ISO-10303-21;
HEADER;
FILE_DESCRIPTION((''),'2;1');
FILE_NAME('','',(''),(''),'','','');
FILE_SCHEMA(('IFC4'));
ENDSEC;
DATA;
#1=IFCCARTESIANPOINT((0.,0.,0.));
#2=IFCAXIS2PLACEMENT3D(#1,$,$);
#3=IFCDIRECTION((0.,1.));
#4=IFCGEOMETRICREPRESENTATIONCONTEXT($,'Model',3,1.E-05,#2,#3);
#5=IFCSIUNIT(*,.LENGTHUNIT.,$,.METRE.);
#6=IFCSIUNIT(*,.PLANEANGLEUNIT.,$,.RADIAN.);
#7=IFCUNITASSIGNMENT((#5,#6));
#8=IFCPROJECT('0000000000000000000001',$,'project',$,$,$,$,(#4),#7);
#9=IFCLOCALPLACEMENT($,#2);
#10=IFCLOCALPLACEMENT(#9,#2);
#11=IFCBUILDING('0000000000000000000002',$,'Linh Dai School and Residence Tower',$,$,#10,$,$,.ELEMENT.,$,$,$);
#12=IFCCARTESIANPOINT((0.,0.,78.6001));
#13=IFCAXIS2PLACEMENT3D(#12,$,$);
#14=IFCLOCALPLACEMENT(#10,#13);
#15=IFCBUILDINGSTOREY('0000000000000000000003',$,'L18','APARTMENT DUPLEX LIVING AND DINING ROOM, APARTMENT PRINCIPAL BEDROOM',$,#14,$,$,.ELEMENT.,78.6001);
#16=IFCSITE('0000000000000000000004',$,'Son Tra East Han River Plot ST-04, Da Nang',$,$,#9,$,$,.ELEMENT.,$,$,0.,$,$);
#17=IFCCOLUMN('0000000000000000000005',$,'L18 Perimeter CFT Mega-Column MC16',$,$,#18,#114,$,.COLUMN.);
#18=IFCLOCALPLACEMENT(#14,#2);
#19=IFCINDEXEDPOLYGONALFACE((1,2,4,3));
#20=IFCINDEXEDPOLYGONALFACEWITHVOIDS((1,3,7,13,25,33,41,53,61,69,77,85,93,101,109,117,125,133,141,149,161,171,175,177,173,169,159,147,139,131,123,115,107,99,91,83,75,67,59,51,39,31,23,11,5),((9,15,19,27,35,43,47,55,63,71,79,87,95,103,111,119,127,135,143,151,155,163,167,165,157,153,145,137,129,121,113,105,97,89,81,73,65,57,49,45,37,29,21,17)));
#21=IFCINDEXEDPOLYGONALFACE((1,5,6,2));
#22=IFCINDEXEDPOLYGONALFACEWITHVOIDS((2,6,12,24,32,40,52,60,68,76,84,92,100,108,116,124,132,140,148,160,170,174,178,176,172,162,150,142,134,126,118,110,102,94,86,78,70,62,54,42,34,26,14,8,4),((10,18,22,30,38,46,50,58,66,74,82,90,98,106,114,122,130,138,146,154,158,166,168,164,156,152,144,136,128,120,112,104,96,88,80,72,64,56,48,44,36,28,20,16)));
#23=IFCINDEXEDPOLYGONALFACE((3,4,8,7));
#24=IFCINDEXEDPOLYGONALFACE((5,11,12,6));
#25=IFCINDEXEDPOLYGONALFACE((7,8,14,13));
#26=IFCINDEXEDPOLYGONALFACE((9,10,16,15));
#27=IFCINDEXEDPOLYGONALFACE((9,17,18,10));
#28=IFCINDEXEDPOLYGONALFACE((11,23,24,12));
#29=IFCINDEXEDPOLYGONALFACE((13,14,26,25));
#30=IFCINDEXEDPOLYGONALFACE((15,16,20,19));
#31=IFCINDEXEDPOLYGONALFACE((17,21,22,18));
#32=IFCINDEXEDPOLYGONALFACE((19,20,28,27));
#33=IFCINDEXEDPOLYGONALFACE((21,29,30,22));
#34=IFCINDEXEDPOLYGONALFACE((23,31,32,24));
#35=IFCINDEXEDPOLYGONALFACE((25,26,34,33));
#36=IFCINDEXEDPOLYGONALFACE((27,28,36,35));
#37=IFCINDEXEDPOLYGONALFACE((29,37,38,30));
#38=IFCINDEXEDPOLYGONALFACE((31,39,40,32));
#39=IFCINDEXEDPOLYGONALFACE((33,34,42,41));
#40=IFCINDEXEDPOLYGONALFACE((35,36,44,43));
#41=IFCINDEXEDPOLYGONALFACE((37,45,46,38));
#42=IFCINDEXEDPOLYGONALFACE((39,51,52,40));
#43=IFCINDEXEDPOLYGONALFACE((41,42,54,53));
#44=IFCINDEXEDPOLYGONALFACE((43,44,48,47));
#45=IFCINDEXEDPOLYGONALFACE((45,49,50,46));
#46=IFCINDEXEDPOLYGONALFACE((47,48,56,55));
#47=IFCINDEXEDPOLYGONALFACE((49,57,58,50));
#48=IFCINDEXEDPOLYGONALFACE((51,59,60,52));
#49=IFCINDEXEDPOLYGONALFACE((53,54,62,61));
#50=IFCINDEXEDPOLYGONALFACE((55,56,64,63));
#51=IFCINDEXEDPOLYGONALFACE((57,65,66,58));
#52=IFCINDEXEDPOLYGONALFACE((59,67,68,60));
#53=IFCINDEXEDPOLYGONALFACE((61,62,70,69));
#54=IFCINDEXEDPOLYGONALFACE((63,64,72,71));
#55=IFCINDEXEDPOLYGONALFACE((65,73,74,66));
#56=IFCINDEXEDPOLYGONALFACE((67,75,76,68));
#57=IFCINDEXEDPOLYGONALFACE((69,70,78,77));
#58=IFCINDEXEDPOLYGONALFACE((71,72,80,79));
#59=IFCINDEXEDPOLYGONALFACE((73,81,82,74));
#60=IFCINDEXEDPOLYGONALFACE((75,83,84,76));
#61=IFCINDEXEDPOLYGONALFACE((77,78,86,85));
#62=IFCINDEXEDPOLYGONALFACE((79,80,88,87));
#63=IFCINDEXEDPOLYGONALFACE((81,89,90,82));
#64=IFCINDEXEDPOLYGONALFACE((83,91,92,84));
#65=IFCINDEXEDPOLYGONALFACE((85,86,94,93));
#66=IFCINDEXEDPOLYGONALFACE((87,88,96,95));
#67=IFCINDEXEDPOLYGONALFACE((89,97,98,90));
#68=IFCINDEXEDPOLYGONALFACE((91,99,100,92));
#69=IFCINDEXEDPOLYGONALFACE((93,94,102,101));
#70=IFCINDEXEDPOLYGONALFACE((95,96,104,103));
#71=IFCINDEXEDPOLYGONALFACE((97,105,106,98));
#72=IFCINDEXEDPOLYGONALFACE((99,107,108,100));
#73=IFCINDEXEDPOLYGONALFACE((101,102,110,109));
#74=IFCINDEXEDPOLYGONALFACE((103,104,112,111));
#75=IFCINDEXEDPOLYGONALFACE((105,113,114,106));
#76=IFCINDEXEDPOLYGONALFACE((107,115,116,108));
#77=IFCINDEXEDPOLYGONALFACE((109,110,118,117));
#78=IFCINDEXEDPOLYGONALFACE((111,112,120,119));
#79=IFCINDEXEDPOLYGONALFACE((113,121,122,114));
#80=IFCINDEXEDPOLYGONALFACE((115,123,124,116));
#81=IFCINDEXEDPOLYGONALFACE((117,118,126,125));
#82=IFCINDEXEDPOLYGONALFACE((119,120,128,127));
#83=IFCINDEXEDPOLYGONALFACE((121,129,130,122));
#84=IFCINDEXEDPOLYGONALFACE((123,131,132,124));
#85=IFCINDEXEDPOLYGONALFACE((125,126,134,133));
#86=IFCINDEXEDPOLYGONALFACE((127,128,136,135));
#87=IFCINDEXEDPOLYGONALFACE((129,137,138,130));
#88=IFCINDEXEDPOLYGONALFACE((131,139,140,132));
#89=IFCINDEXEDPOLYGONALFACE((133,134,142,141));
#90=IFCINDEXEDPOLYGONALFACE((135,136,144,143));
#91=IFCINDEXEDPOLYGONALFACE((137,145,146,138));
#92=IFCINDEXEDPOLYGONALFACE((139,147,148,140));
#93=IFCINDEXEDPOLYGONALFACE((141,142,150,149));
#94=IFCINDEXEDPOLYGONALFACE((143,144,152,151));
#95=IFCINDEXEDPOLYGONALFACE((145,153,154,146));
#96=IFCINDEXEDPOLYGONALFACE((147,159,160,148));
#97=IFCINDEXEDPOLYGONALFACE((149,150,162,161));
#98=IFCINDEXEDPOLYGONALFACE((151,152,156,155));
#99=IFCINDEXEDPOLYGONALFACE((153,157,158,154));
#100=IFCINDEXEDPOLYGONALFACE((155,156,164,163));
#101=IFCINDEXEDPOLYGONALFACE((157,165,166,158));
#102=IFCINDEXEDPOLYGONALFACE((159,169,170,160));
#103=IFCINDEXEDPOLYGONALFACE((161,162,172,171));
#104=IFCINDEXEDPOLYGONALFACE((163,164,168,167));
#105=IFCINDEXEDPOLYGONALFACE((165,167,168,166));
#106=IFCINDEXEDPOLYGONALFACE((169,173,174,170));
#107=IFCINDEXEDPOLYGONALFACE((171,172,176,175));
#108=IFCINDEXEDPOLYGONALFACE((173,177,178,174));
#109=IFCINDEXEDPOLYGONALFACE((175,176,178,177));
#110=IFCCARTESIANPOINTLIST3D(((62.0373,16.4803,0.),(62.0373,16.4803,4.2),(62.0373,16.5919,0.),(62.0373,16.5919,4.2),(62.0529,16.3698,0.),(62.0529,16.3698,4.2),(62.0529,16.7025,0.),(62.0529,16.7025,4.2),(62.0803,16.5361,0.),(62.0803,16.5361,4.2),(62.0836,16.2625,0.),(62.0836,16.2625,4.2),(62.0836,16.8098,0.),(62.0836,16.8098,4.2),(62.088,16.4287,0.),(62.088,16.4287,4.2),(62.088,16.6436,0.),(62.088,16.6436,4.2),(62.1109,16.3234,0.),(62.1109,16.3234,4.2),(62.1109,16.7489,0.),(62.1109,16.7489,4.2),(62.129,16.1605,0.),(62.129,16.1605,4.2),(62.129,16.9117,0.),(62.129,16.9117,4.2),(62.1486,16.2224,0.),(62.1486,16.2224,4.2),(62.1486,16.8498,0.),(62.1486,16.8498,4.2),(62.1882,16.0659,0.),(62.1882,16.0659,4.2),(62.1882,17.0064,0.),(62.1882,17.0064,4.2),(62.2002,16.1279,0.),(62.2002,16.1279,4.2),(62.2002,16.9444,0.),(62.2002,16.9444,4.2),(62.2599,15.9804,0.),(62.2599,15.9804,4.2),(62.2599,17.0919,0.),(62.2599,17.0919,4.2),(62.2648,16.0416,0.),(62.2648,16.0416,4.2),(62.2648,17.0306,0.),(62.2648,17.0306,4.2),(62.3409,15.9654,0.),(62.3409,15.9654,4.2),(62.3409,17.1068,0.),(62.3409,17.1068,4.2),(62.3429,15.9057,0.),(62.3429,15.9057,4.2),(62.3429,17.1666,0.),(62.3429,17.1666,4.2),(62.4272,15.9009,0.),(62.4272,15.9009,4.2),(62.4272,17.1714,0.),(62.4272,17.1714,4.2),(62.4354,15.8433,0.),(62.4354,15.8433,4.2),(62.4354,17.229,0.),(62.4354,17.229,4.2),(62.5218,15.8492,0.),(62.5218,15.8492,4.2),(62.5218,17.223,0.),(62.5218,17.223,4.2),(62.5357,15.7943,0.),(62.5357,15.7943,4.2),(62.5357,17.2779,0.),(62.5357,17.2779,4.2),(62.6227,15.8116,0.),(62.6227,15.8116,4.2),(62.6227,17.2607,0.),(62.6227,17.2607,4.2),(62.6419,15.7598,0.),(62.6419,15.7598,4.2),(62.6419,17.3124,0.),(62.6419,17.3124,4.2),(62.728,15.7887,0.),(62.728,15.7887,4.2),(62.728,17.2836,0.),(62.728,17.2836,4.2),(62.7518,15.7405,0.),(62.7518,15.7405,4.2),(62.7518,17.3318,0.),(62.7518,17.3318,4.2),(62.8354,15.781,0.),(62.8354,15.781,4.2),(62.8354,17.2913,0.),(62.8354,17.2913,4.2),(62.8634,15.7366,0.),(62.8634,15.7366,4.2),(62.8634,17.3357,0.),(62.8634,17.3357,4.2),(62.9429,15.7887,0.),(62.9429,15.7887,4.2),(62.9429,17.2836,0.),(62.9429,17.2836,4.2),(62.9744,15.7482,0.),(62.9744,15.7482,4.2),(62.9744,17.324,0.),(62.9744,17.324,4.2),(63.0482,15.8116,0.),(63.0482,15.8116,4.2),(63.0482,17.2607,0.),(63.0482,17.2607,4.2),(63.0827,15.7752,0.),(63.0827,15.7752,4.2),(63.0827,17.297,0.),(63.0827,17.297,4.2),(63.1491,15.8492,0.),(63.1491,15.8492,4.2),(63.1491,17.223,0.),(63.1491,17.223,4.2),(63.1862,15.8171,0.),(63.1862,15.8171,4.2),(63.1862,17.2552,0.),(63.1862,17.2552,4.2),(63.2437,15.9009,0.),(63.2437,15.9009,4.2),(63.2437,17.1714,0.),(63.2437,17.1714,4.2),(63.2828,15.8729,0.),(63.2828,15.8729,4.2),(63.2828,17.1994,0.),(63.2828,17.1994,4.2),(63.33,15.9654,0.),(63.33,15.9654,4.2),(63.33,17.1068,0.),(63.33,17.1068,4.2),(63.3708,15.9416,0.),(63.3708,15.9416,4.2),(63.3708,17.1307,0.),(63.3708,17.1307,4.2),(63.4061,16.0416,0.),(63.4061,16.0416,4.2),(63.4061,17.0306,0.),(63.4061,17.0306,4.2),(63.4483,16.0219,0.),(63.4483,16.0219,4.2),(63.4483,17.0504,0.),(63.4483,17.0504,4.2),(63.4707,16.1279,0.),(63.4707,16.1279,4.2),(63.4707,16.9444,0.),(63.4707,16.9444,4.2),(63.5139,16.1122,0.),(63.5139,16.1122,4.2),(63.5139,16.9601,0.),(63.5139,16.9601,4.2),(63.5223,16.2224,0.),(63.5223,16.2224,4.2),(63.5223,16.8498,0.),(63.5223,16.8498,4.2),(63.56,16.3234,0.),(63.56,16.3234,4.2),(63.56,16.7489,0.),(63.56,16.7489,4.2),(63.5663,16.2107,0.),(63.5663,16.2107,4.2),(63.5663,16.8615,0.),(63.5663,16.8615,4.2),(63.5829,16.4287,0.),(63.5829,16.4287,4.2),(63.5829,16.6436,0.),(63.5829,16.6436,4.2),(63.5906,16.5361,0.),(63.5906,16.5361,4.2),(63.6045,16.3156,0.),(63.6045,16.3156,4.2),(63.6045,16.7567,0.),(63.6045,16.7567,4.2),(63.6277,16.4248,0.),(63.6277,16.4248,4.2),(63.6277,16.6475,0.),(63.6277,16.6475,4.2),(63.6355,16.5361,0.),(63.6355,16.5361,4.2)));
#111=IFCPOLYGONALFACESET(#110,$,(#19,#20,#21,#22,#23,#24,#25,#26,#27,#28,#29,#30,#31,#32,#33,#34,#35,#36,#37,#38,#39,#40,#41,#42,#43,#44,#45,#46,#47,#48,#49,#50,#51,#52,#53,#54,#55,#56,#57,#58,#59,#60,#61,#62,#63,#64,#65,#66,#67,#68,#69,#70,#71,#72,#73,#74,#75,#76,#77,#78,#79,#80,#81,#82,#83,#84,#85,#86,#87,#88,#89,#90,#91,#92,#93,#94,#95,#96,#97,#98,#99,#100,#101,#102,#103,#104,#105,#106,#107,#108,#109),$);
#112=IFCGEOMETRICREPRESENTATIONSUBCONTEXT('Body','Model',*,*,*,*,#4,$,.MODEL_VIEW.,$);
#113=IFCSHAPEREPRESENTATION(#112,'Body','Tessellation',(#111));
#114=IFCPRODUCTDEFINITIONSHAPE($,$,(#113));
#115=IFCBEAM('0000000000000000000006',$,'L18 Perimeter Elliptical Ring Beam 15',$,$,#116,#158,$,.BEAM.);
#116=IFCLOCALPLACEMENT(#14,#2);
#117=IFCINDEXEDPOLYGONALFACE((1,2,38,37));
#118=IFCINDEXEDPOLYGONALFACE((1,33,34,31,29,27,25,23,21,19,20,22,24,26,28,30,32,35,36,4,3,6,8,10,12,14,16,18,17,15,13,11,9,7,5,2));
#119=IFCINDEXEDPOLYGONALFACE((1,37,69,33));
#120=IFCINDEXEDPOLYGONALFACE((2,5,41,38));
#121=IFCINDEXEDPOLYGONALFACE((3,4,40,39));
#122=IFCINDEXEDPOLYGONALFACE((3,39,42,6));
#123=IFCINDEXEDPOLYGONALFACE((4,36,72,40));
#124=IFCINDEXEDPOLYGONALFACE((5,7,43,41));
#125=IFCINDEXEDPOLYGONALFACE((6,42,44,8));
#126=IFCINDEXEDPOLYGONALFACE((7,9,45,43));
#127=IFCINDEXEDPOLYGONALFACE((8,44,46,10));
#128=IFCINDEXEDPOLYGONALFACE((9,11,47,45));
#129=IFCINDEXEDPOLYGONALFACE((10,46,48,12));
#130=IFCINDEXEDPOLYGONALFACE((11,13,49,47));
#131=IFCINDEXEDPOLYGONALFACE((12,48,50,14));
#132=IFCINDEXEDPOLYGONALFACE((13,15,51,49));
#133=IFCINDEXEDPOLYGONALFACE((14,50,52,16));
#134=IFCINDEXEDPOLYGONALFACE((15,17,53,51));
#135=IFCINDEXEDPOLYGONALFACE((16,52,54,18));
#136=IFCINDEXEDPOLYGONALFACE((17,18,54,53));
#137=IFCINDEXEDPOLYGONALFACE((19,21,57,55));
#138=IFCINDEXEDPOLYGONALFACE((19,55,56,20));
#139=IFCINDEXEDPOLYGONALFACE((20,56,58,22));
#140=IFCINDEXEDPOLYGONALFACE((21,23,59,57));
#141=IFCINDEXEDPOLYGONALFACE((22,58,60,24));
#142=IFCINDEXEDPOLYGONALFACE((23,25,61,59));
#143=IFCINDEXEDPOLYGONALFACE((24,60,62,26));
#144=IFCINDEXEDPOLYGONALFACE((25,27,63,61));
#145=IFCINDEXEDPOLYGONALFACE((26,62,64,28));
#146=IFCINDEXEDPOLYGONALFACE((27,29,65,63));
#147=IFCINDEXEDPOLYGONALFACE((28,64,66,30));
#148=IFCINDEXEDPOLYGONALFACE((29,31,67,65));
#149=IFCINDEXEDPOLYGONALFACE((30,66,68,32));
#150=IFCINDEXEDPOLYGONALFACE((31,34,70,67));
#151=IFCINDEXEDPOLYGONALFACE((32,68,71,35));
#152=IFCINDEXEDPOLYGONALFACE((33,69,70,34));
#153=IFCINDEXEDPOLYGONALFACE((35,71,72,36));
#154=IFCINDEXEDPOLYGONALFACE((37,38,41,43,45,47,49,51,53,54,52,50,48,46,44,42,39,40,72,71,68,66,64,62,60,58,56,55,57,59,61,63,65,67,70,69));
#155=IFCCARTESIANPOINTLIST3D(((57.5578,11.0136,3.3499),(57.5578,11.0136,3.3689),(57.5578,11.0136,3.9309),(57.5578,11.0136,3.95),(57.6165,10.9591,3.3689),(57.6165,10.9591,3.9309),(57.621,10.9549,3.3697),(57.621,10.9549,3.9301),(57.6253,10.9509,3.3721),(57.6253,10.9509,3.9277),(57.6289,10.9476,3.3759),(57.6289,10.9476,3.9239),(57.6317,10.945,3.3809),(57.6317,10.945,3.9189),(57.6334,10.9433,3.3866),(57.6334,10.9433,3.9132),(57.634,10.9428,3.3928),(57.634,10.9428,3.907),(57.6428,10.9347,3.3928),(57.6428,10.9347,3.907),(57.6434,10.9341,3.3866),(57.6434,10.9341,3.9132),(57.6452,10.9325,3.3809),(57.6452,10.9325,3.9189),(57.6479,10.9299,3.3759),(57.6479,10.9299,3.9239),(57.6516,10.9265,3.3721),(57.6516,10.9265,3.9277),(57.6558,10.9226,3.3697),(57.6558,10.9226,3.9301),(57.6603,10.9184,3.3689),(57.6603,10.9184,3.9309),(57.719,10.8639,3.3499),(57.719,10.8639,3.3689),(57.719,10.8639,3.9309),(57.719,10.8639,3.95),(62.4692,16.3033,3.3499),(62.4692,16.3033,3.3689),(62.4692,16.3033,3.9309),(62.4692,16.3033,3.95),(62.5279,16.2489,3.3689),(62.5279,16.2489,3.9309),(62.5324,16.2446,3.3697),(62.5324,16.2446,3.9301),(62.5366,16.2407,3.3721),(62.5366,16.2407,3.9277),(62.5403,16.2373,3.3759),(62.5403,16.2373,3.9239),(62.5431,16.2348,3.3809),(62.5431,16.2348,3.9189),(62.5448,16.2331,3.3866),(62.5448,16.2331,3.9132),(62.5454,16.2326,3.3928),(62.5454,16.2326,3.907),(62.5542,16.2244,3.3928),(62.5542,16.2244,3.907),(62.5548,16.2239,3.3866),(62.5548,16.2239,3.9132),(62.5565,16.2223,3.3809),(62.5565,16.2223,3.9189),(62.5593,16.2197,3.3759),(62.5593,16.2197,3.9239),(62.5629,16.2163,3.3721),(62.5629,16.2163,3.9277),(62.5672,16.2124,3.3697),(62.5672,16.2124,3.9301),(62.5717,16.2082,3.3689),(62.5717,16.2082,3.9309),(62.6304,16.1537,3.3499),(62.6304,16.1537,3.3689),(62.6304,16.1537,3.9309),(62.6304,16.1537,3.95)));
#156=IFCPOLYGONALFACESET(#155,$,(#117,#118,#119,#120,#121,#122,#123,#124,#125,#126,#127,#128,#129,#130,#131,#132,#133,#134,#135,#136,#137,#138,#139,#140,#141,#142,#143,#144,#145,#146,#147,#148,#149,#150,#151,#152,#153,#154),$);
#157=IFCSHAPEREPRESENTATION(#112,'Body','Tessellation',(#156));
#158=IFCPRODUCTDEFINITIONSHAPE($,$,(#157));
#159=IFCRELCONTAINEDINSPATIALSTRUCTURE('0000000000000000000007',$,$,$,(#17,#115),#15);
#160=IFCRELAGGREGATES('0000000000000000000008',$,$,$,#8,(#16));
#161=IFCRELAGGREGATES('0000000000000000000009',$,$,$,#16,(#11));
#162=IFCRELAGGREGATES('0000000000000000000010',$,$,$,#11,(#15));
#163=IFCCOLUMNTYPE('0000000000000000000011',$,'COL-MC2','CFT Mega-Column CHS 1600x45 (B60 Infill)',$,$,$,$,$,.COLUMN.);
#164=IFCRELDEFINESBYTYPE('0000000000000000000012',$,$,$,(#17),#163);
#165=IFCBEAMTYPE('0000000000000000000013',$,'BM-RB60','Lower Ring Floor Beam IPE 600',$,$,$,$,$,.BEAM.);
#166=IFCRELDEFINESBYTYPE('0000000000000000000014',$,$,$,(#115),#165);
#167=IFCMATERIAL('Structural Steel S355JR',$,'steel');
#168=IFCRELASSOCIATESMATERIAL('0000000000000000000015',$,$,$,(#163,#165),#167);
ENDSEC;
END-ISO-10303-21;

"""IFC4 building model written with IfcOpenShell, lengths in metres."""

from ifc_helpers import new_model, si_unit, direction, frame, origin, origin_2d, place, context, subcontext, project, spatial, hollow_circle, i_section, extrude, material, material_profile, profile_set, type_object, element, save


model = new_model("IFC4")

# Units and contexts
model_context = context("Model", 3, precision=1e-05, world=origin(), true_north=direction((0.0, 1.0)))
body_context = subcontext(model_context, "Body", "Model", "MODEL_VIEW")
ifc_project = project(units=[si_unit("LENGTHUNIT", "METRE"), si_unit("PLANEANGLEUNIT", "RADIAN")], contexts=[model_context])

# Site, building, storey
site_placement = place(None, origin())
site = spatial("IfcSite", under=ifc_project, at=site_placement, Name="Son Tra East Han River Plot ST-04, Da Nang", CompositionType="ELEMENT", RefElevation=0.0)
building_placement = place(site_placement, origin())
building = spatial("IfcBuilding", under=site, at=building_placement, Name="Linh Dai School and Residence Tower", CompositionType="ELEMENT")
storey_placement = place(building_placement, frame((0.0, 0.0, 78.6001)))
storey = spatial("IfcBuildingStorey", under=building, at=storey_placement, Name="L18", Description="APARTMENT DUPLEX LIVING AND DINING ROOM, APARTMENT PRINCIPAL BEDROOM", CompositionType="ELEMENT", Elevation=78.6001)

# Column
ifc_material_1 = material(Name="Structural Steel S355JR", Category="steel")
ifc_material_profile_1 = material_profile(ifc_material_1, hollow_circle(Radius=0.8, WallThickness=0.0449, at=origin_2d()), Name="CHS 1600x45")
ifc_profile_set_1 = profile_set([ifc_material_profile_1], Name="Structural Steel S355JR")
column_type = type_object("IfcColumnType", Name="COL-MC2", Description="CFT Mega-Column CHS 1600x45 (B60 Infill)", PredefinedType="COLUMN", material=ifc_profile_set_1)
for number, where, z_axis, x_axis, name in (
    (1, (62.8354, 16.5361, 0.0), (0.0, 0.0, 1.0), (1.0, 0.0, 0.0), "L18 Perimeter CFT Mega-Column MC16"),
):
    element("IfcColumn", number, at=place(storey_placement, frame(where, z_axis=z_axis, x_axis=x_axis)), inside=storey, type_object=column_type, Name=name, PredefinedType="COLUMN", context=body_context, shape_type="SweptSolid", body=[
        extrude(hollow_circle(Radius=0.8, WallThickness=0.0449, at=origin_2d()), origin(), (0.0, 0.0, 1.0), 4.2),
    ])

# Beam
ifc_material_profile_2 = material_profile(ifc_material_1, i_section(OverallWidth=0.22, OverallDepth=0.6001, WebThickness=0.012, FlangeThickness=0.019, FilletRadius=0.0239, at=origin_2d()), Name="IPE 600")
ifc_profile_set_2 = profile_set([ifc_material_profile_2], Name="Structural Steel S355JR")
beam_type_1 = type_object("IfcBeamType", Name="BM-RB60", Description="Lower Ring Floor Beam IPE 600", PredefinedType="BEAM", material=ifc_profile_set_2)
beam_1_placement = place(storey_placement, frame((57.6384, 10.9387, 3.6499), z_axis=(0.680408, 0.732833, 0.0), x_axis=(-0.732833, 0.680408, 0.0)))
element("IfcBeam", 2, at=beam_1_placement, inside=storey, type_object=beam_type_1, Name="L18 Perimeter Elliptical Ring Beam 15", PredefinedType="BEAM", context=body_context, shape_type="SweptSolid", body=[
    extrude(i_section(OverallWidth=0.22, OverallDepth=0.6001, WebThickness=0.012, FlangeThickness=0.019, FilletRadius=0.0239, at=origin_2d()), origin(), (0.0, 0.0, 1.0), 7.2183),
])

save(model, "model.ifc")
